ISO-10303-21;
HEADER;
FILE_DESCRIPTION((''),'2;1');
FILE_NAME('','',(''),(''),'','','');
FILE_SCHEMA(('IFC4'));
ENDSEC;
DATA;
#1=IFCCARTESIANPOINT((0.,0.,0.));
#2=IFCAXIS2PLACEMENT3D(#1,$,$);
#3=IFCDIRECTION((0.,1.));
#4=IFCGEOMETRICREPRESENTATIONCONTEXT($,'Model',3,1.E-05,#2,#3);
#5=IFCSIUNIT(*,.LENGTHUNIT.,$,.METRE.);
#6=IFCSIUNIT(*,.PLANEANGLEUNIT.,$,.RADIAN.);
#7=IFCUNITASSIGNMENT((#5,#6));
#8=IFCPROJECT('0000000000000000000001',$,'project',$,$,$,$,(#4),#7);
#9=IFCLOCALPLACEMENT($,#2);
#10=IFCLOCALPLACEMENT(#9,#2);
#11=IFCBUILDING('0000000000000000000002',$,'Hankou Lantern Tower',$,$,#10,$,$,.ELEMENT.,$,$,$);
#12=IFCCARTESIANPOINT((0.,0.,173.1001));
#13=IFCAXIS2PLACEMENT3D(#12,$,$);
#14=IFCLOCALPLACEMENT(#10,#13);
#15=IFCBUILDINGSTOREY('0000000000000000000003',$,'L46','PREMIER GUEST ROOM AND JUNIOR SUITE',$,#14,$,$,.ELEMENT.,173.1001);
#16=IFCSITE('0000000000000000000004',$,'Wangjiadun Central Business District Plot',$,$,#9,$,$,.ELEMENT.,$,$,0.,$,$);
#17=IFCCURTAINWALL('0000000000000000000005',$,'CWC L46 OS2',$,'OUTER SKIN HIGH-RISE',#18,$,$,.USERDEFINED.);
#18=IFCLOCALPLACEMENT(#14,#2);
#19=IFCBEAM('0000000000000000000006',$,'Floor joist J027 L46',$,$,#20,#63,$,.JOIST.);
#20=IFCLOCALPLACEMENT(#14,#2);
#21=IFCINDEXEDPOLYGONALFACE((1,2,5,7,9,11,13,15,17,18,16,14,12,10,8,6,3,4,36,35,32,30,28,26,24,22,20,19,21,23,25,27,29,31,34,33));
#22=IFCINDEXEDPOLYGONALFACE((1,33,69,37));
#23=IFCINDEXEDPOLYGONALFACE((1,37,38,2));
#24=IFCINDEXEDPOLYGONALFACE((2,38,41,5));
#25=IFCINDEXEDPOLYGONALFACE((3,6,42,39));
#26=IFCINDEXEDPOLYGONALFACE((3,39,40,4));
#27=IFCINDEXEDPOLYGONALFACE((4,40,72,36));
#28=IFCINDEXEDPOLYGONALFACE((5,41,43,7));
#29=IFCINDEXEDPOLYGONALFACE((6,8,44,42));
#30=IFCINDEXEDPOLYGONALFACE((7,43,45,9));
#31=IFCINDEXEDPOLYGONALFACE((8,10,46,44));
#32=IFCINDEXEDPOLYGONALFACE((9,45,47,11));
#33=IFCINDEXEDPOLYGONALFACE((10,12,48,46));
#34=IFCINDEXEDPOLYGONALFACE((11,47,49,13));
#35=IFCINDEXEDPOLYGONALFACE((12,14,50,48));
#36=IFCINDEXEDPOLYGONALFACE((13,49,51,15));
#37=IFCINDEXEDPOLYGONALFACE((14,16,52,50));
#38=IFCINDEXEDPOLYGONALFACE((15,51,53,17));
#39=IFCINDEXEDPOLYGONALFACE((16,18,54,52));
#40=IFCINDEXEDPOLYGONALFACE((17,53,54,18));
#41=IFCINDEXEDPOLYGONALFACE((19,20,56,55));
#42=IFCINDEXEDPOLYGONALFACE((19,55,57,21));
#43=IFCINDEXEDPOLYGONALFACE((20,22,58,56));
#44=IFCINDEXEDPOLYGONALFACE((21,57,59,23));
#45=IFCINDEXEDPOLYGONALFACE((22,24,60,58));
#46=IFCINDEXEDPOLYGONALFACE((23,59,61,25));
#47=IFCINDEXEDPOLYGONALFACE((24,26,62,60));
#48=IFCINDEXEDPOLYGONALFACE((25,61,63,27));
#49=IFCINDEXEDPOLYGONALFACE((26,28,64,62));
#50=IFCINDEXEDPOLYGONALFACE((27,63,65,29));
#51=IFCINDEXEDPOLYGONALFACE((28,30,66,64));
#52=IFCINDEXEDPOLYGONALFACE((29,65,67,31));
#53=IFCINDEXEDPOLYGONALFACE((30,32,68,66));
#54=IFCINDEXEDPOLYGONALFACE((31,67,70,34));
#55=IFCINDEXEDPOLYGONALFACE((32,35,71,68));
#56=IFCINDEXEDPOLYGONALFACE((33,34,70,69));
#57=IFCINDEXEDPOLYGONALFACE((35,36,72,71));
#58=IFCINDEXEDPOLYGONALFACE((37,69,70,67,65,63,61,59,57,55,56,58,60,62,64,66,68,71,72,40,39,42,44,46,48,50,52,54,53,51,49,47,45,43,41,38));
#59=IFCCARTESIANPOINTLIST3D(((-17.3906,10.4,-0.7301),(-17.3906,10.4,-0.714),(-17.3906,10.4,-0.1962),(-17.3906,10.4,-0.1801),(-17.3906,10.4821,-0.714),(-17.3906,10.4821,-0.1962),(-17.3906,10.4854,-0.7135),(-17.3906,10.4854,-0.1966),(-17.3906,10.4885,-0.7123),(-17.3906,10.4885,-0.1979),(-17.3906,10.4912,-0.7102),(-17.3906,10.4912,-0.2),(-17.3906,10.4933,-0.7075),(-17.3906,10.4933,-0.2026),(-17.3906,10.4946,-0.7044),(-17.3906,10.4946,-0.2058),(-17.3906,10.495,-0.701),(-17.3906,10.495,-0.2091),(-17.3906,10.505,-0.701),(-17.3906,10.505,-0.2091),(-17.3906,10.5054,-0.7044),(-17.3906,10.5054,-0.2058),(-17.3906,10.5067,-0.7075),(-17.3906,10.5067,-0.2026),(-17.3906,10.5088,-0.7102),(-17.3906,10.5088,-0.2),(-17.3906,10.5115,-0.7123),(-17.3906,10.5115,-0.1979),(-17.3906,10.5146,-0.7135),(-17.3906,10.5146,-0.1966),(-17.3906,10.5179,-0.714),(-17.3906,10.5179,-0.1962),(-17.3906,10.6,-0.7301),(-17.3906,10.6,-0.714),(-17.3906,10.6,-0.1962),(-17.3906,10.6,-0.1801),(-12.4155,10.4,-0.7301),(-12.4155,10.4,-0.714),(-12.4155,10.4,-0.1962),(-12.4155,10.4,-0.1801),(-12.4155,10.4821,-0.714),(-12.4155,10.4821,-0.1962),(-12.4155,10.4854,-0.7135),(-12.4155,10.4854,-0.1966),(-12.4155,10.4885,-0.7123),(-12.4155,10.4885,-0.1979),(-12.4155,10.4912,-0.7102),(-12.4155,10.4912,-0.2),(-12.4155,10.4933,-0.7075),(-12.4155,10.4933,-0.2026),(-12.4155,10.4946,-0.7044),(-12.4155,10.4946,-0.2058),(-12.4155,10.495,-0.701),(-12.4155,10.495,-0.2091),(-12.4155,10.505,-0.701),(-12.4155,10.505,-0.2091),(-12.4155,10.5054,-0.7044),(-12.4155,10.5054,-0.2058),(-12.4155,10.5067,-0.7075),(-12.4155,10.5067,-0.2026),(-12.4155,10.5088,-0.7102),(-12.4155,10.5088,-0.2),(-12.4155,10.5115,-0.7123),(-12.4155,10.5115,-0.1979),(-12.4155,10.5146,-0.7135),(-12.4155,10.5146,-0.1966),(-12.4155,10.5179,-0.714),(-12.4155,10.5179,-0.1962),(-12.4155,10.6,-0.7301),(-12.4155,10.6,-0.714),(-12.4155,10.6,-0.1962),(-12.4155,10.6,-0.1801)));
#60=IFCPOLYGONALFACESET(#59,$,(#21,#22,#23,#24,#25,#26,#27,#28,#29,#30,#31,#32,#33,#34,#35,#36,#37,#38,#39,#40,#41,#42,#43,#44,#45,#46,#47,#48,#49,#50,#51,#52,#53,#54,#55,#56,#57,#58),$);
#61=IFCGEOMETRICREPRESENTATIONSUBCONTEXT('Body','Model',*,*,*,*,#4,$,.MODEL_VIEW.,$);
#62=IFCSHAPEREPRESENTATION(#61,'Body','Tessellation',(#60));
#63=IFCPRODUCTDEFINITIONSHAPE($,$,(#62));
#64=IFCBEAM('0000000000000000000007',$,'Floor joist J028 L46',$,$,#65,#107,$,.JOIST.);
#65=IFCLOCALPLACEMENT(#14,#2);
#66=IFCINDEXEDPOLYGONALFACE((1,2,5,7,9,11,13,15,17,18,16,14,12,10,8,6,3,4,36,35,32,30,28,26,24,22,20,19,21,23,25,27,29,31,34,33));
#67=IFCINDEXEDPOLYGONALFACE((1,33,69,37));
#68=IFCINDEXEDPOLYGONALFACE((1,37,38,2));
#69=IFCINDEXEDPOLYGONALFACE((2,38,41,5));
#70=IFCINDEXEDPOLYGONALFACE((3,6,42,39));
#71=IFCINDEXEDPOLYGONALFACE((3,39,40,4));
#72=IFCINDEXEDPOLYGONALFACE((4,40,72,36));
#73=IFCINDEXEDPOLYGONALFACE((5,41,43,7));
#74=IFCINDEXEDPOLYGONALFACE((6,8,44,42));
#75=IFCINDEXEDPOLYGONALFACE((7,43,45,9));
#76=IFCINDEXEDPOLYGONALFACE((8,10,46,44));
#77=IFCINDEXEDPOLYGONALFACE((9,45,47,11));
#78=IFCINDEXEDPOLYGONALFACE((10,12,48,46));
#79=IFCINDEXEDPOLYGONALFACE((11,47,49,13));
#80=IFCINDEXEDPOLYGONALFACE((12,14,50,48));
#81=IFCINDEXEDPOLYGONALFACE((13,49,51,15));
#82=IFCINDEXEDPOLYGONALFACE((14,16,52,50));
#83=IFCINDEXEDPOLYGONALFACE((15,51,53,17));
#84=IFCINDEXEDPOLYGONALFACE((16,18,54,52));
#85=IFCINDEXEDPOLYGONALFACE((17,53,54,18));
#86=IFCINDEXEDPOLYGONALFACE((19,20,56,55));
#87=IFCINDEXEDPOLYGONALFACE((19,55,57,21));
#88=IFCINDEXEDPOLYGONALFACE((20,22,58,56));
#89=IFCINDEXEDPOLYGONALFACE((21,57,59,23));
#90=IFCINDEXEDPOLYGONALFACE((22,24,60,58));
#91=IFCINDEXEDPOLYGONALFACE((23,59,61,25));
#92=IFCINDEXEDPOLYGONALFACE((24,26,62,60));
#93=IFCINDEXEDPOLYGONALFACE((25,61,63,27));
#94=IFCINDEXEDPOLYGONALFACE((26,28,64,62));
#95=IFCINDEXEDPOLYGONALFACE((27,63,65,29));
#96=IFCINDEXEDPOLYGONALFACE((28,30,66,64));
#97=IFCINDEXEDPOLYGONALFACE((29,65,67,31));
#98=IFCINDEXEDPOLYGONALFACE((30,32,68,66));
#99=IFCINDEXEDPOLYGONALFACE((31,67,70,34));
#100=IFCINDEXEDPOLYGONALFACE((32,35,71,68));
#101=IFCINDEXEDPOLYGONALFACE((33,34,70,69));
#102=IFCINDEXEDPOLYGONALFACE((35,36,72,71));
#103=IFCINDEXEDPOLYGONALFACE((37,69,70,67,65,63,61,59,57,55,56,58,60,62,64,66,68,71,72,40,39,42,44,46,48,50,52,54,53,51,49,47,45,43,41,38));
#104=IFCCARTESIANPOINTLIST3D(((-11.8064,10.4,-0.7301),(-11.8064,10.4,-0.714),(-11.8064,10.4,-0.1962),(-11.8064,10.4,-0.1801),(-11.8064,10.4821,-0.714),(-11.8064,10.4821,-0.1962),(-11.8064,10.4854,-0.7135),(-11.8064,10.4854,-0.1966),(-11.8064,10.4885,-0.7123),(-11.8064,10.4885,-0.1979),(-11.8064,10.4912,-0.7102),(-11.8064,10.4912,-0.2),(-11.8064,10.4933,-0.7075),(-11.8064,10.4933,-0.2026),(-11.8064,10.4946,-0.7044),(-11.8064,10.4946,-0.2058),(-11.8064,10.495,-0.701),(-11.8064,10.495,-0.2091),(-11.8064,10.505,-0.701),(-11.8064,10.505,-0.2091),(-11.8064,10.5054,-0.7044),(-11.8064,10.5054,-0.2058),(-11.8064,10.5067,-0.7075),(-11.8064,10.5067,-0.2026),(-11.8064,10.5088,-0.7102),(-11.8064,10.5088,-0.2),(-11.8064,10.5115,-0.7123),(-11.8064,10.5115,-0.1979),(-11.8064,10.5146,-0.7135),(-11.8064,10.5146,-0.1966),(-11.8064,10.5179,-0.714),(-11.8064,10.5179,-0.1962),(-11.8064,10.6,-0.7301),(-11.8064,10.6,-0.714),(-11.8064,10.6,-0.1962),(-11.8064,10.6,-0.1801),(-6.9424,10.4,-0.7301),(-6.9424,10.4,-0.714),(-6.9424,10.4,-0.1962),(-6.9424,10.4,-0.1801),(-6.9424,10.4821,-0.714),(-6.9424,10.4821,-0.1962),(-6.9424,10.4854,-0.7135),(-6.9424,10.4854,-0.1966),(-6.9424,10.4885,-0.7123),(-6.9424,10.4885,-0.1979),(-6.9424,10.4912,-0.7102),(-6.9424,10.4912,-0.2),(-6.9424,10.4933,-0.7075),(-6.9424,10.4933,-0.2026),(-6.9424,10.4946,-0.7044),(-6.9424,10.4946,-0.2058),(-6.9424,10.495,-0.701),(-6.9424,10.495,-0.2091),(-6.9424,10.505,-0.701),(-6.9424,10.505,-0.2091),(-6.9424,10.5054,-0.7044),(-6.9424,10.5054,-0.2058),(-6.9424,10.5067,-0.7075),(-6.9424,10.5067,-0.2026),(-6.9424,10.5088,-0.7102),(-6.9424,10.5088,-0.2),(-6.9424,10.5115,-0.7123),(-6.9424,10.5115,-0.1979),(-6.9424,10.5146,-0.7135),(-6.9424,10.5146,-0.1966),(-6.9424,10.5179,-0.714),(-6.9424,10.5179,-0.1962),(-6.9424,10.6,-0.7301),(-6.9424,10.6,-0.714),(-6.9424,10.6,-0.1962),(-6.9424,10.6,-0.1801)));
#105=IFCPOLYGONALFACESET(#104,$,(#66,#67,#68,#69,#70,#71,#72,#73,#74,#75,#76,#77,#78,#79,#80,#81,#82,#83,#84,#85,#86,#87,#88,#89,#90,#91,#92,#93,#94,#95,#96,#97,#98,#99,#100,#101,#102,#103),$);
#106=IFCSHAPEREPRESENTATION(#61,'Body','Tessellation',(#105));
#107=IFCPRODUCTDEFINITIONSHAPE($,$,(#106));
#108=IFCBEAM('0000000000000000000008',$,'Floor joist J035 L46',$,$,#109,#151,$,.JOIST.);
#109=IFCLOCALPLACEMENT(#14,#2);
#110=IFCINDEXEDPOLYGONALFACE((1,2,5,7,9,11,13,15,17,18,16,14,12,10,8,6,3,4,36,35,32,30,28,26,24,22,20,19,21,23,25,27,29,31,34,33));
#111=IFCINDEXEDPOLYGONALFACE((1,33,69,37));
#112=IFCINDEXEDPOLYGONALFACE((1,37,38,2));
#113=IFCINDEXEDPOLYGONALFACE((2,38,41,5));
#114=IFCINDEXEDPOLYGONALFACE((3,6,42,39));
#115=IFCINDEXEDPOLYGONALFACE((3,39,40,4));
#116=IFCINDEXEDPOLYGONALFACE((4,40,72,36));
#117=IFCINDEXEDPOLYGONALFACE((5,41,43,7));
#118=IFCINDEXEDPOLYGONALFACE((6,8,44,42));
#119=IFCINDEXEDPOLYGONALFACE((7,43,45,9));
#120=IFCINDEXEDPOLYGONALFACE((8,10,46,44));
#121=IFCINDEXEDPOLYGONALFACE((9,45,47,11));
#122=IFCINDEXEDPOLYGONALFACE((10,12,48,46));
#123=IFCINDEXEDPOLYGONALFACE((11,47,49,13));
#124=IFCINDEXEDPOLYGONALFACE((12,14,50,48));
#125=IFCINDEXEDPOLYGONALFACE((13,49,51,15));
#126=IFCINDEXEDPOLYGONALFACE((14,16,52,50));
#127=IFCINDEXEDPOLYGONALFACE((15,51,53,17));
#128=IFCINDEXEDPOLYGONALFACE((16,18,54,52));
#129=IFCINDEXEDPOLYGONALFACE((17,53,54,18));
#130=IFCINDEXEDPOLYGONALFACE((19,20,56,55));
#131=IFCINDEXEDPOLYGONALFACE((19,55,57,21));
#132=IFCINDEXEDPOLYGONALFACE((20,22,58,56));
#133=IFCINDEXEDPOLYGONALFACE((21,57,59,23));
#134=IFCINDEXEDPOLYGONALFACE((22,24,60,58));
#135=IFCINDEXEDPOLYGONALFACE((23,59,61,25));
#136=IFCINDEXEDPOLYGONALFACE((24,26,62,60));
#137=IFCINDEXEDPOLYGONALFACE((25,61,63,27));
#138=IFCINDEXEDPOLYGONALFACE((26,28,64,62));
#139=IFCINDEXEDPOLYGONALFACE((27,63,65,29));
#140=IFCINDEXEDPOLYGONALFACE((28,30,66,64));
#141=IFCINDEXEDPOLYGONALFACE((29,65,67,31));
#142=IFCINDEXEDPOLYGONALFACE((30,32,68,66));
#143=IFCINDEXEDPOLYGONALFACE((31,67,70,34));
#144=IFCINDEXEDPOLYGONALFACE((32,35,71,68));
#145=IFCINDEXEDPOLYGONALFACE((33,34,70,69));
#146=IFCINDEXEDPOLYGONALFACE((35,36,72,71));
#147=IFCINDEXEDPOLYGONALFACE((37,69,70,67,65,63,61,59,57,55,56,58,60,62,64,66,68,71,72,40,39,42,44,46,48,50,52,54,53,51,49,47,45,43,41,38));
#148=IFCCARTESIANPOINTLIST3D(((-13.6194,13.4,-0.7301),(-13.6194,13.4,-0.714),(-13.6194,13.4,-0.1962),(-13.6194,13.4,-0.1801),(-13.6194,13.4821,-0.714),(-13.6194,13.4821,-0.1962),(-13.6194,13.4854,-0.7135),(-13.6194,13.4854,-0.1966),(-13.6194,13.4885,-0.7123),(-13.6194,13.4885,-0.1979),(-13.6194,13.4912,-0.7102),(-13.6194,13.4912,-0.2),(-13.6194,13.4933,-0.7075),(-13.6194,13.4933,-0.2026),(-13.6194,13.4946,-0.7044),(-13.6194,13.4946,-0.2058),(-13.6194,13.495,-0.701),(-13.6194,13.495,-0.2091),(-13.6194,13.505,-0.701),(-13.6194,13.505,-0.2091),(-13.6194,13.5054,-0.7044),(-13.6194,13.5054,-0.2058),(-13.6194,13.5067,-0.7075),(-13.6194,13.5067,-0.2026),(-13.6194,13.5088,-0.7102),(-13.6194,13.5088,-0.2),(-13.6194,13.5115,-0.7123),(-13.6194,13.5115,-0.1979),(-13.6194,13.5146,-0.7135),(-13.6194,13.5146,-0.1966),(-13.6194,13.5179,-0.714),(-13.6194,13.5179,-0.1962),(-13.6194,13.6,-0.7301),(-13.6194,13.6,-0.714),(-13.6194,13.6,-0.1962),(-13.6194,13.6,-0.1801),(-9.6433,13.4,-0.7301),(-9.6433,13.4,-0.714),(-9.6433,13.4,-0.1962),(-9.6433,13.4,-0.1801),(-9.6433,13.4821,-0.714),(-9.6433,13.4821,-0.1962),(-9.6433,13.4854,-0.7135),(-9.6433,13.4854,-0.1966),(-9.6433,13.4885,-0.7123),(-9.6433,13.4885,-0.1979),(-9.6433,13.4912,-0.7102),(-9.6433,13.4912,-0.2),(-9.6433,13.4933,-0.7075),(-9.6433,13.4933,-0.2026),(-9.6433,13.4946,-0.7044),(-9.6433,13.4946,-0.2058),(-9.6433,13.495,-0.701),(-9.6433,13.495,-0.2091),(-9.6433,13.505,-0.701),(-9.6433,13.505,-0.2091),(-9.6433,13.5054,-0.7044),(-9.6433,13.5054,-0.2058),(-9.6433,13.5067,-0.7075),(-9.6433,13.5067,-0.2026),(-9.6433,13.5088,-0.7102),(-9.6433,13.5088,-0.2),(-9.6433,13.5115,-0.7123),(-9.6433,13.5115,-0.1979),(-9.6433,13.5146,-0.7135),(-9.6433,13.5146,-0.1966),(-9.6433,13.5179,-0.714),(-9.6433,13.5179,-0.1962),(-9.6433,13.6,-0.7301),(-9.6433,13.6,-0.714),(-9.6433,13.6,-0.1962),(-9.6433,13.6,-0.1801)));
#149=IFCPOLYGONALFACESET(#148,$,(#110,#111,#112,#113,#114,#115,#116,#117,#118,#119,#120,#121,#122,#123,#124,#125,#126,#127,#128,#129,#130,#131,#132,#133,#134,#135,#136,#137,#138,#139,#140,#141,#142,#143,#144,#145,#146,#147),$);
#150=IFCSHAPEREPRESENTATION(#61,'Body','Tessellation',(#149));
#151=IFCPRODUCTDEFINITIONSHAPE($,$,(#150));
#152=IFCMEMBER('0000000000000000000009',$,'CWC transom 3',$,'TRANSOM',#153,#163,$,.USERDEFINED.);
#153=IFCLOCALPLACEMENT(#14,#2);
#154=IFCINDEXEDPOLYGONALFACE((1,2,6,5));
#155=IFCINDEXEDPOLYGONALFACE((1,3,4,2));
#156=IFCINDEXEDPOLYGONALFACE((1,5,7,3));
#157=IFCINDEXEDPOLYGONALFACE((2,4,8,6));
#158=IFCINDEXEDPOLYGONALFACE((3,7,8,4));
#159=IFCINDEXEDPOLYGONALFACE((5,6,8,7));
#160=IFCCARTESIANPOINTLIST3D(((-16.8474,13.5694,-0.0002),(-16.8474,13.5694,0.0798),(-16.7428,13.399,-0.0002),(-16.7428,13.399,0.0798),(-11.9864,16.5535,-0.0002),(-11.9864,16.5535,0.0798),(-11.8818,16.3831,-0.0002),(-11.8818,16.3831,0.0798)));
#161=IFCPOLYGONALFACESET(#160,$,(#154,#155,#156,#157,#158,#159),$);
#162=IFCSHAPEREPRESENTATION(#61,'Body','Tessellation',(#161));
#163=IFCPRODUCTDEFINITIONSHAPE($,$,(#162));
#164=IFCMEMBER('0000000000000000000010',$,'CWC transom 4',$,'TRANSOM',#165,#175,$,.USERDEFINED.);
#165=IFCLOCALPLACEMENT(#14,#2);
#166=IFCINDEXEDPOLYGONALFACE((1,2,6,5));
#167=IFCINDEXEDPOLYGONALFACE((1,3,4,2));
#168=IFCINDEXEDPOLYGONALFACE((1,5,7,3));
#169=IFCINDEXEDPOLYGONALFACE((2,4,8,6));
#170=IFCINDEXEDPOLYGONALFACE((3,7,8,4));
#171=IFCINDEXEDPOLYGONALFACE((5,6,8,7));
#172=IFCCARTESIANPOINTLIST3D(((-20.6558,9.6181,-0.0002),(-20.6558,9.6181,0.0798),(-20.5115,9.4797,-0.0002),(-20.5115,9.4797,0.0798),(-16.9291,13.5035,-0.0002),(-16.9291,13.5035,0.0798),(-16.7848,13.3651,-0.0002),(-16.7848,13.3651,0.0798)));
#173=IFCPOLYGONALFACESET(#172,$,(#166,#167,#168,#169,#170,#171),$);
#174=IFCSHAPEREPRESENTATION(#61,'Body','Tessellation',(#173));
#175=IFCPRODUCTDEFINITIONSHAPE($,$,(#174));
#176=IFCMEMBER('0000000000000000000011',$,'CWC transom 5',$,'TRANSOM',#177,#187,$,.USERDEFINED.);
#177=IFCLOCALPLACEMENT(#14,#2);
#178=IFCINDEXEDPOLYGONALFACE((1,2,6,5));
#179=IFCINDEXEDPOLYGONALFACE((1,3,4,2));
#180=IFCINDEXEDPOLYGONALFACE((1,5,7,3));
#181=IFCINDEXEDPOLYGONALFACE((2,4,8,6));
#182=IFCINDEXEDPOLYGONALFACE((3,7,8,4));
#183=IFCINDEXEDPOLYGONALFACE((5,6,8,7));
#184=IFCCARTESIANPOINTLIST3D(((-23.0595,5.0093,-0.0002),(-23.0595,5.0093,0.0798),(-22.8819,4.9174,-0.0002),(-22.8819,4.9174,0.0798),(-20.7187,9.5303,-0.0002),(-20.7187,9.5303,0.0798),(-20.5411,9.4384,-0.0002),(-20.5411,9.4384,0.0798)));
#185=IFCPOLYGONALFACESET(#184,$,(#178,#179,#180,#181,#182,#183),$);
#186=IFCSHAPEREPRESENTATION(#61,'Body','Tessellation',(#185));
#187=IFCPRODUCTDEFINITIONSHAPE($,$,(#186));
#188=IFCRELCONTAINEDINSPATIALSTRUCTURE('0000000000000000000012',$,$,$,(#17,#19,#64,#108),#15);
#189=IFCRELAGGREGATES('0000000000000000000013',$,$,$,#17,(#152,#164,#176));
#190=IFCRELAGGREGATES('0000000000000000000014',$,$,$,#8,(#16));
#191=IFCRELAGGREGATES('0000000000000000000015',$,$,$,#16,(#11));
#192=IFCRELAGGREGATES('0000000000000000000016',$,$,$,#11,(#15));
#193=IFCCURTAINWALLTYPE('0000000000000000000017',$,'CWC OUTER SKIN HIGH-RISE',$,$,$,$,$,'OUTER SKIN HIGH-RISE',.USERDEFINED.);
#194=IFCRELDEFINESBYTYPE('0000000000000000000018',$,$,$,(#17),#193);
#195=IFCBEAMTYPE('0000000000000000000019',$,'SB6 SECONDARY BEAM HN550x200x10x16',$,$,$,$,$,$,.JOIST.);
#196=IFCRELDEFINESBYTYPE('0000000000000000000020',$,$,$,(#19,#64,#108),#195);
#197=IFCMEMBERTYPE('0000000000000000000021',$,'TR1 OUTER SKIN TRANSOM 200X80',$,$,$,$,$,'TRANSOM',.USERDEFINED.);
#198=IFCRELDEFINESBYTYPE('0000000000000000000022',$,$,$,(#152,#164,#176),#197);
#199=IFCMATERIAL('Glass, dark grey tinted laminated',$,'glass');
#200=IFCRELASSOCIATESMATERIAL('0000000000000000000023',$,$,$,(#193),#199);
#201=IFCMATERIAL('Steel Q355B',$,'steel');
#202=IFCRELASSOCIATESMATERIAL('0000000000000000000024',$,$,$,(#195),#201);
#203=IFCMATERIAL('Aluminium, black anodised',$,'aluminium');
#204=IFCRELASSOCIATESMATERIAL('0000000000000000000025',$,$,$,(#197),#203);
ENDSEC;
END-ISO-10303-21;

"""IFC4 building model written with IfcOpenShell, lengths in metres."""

from ifc_helpers import new_model, si_unit, direction, frame, origin, origin_2d, place, context, subcontext, project, spatial, rectangle, i_section, extrude, material, material_profile, profile_set, type_object, element, aggregate, save


model = new_model("IFC4")

# Units and contexts
model_context = context("Model", 3, precision=1e-05, world=origin(), true_north=direction((0.0, 1.0)))
body_context = subcontext(model_context, "Body", "Model", "MODEL_VIEW")
ifc_project = project(units=[si_unit("LENGTHUNIT", "METRE"), si_unit("PLANEANGLEUNIT", "RADIAN")], contexts=[model_context])

# Site, building, storey
site_placement = place(None, origin())
site = spatial("IfcSite", under=ifc_project, at=site_placement, Name="Wangjiadun Central Business District Plot", CompositionType="ELEMENT", RefElevation=0.0)
building_placement = place(site_placement, origin())
building = spatial("IfcBuilding", under=site, at=building_placement, Name="Hankou Lantern Tower", CompositionType="ELEMENT")
storey_placement = place(building_placement, frame((0.0, 0.0, 173.1001)))
storey = spatial("IfcBuildingStorey", under=building, at=storey_placement, Name="L46", Description="PREMIER GUEST ROOM AND JUNIOR SUITE", CompositionType="ELEMENT", Elevation=173.1001)

# Curtain wall
ifc_material_1 = material(Name="Glass, dark grey tinted laminated", Category="glass")
curtain_wall_type = type_object("IfcCurtainWallType", Name="CWC OUTER SKIN HIGH-RISE", ElementType="OUTER SKIN HIGH-RISE", PredefinedType="USERDEFINED", material=ifc_material_1)
curtain_wall_placement = place(storey_placement, origin())
curtain_wall = element("IfcCurtainWall", 1, at=curtain_wall_placement, inside=storey, type_object=curtain_wall_type, Name="CWC L46 OS2", ObjectType="OUTER SKIN HIGH-RISE", PredefinedType="USERDEFINED")

# Beams
ifc_material_2 = material(Name="Steel Q355B", Category="steel")
ifc_material_profile_1 = material_profile(ifc_material_2, i_section(OverallWidth=0.2, OverallDepth=0.55, WebThickness=0.01, FlangeThickness=0.0161, FilletRadius=0.0129, at=origin_2d()), Name="HN550x200x10x16")
ifc_profile_set_1 = profile_set([ifc_material_profile_1], Name="Steel Q355B")
beam_type_1 = type_object("IfcBeamType", Name="SB6 SECONDARY BEAM HN550x200x10x16", PredefinedType="JOIST", material=ifc_profile_set_1)
beam_1_placement = place(storey_placement, frame((-17.3906, 10.5, -0.4551), z_axis=(1.0, 0.0, 0.0), x_axis=(0.0, 1.0, 0.0)))
element("IfcBeam", 2, at=beam_1_placement, inside=storey, type_object=beam_type_1, Name="Floor joist J027 L46", PredefinedType="JOIST", context=body_context, shape_type="SweptSolid", body=[
    extrude(i_section(OverallWidth=0.2, OverallDepth=0.55, WebThickness=0.01, FlangeThickness=0.0161, FilletRadius=0.0129, at=origin_2d()), origin(), (0.0, 0.0, 1.0), 4.9751),
])
beam_2_placement = place(storey_placement, frame((-11.8064, 10.5, -0.4551), z_axis=(1.0, 0.0, 0.0), x_axis=(0.0, 1.0, 0.0)))
element("IfcBeam", 3, at=beam_2_placement, inside=storey, type_object=beam_type_1, Name="Floor joist J028 L46", PredefinedType="JOIST", context=body_context, shape_type="SweptSolid", body=[
    extrude(i_section(OverallWidth=0.2, OverallDepth=0.55, WebThickness=0.01, FlangeThickness=0.0161, FilletRadius=0.0129, at=origin_2d()), origin(), (0.0, 0.0, 1.0), 4.864),
])
beam_3_placement = place(storey_placement, frame((-13.6194, 13.5, -0.4551), z_axis=(1.0, 0.0, 0.0), x_axis=(0.0, 1.0, 0.0)))
element("IfcBeam", 4, at=beam_3_placement, inside=storey, type_object=beam_type_1, Name="Floor joist J035 L46", PredefinedType="JOIST", context=body_context, shape_type="SweptSolid", body=[
    extrude(i_section(OverallWidth=0.2, OverallDepth=0.55, WebThickness=0.01, FlangeThickness=0.0161, FilletRadius=0.0129, at=origin_2d()), origin(), (0.0, 0.0, 1.0), 3.9761),
])

# Members
ifc_material_3 = material(Name="Aluminium, black anodised", Category="aluminium")
ifc_material_profile_2 = material_profile(ifc_material_3, rectangle(XDim=0.2, YDim=0.0801, at=origin_2d()), Name="TR1 200X80")
ifc_profile_set_2 = profile_set([ifc_material_profile_2], Name="Aluminium, black anodised")
member_type_1 = type_object("IfcMemberType", Name="TR1 OUTER SKIN TRANSOM 200X80", ElementType="TRANSOM", PredefinedType="USERDEFINED", material=ifc_profile_set_2)
member_1_placement = place(storey_placement, frame((-11.9341, 16.4683, 0.0398), z_axis=(-0.852229, -0.523168, 0.0), x_axis=(0.523168, -0.852229, 0.0)))
member_1 = element("IfcMember", 5, at=member_1_placement, type_object=member_type_1, Name="CWC transom 3", ObjectType="TRANSOM", PredefinedType="USERDEFINED", context=body_context, shape_type="SweptSolid", body=[
    extrude(rectangle(XDim=0.2, YDim=0.0801, at=origin_2d()), origin(), (0.0, 0.0, 1.0), 5.7039),
])
member_2_placement = place(storey_placement, frame((-16.8569, 13.4343, 0.0398), z_axis=(-0.692216, -0.721691, 0.0), x_axis=(0.721691, -0.692216, 0.0)))
member_2 = element("IfcMember", 6, at=member_2_placement, type_object=member_type_1, Name="CWC transom 4", ObjectType="TRANSOM", PredefinedType="USERDEFINED", context=body_context, shape_type="SweptSolid", body=[
    extrude(rectangle(XDim=0.2, YDim=0.0801, at=origin_2d()), origin(), (0.0, 0.0, 1.0), 5.3838),
])
member_3_placement = place(storey_placement, frame((-20.6299, 9.4844, 0.0398), z_axis=(-0.459791, -0.888027, 0.0), x_axis=(0.888027, -0.459791, 0.0)))
member_3 = element("IfcMember", 7, at=member_3_placement, type_object=member_type_1, Name="CWC transom 5", ObjectType="TRANSOM", PredefinedType="USERDEFINED", context=body_context, shape_type="SweptSolid", body=[
    extrude(rectangle(XDim=0.2, YDim=0.0801, at=origin_2d()), origin(), (0.0, 0.0, 1.0), 5.0911),
])

aggregate(curtain_wall, [member_1, member_2, member_3])

save(model, "model.ifc")
